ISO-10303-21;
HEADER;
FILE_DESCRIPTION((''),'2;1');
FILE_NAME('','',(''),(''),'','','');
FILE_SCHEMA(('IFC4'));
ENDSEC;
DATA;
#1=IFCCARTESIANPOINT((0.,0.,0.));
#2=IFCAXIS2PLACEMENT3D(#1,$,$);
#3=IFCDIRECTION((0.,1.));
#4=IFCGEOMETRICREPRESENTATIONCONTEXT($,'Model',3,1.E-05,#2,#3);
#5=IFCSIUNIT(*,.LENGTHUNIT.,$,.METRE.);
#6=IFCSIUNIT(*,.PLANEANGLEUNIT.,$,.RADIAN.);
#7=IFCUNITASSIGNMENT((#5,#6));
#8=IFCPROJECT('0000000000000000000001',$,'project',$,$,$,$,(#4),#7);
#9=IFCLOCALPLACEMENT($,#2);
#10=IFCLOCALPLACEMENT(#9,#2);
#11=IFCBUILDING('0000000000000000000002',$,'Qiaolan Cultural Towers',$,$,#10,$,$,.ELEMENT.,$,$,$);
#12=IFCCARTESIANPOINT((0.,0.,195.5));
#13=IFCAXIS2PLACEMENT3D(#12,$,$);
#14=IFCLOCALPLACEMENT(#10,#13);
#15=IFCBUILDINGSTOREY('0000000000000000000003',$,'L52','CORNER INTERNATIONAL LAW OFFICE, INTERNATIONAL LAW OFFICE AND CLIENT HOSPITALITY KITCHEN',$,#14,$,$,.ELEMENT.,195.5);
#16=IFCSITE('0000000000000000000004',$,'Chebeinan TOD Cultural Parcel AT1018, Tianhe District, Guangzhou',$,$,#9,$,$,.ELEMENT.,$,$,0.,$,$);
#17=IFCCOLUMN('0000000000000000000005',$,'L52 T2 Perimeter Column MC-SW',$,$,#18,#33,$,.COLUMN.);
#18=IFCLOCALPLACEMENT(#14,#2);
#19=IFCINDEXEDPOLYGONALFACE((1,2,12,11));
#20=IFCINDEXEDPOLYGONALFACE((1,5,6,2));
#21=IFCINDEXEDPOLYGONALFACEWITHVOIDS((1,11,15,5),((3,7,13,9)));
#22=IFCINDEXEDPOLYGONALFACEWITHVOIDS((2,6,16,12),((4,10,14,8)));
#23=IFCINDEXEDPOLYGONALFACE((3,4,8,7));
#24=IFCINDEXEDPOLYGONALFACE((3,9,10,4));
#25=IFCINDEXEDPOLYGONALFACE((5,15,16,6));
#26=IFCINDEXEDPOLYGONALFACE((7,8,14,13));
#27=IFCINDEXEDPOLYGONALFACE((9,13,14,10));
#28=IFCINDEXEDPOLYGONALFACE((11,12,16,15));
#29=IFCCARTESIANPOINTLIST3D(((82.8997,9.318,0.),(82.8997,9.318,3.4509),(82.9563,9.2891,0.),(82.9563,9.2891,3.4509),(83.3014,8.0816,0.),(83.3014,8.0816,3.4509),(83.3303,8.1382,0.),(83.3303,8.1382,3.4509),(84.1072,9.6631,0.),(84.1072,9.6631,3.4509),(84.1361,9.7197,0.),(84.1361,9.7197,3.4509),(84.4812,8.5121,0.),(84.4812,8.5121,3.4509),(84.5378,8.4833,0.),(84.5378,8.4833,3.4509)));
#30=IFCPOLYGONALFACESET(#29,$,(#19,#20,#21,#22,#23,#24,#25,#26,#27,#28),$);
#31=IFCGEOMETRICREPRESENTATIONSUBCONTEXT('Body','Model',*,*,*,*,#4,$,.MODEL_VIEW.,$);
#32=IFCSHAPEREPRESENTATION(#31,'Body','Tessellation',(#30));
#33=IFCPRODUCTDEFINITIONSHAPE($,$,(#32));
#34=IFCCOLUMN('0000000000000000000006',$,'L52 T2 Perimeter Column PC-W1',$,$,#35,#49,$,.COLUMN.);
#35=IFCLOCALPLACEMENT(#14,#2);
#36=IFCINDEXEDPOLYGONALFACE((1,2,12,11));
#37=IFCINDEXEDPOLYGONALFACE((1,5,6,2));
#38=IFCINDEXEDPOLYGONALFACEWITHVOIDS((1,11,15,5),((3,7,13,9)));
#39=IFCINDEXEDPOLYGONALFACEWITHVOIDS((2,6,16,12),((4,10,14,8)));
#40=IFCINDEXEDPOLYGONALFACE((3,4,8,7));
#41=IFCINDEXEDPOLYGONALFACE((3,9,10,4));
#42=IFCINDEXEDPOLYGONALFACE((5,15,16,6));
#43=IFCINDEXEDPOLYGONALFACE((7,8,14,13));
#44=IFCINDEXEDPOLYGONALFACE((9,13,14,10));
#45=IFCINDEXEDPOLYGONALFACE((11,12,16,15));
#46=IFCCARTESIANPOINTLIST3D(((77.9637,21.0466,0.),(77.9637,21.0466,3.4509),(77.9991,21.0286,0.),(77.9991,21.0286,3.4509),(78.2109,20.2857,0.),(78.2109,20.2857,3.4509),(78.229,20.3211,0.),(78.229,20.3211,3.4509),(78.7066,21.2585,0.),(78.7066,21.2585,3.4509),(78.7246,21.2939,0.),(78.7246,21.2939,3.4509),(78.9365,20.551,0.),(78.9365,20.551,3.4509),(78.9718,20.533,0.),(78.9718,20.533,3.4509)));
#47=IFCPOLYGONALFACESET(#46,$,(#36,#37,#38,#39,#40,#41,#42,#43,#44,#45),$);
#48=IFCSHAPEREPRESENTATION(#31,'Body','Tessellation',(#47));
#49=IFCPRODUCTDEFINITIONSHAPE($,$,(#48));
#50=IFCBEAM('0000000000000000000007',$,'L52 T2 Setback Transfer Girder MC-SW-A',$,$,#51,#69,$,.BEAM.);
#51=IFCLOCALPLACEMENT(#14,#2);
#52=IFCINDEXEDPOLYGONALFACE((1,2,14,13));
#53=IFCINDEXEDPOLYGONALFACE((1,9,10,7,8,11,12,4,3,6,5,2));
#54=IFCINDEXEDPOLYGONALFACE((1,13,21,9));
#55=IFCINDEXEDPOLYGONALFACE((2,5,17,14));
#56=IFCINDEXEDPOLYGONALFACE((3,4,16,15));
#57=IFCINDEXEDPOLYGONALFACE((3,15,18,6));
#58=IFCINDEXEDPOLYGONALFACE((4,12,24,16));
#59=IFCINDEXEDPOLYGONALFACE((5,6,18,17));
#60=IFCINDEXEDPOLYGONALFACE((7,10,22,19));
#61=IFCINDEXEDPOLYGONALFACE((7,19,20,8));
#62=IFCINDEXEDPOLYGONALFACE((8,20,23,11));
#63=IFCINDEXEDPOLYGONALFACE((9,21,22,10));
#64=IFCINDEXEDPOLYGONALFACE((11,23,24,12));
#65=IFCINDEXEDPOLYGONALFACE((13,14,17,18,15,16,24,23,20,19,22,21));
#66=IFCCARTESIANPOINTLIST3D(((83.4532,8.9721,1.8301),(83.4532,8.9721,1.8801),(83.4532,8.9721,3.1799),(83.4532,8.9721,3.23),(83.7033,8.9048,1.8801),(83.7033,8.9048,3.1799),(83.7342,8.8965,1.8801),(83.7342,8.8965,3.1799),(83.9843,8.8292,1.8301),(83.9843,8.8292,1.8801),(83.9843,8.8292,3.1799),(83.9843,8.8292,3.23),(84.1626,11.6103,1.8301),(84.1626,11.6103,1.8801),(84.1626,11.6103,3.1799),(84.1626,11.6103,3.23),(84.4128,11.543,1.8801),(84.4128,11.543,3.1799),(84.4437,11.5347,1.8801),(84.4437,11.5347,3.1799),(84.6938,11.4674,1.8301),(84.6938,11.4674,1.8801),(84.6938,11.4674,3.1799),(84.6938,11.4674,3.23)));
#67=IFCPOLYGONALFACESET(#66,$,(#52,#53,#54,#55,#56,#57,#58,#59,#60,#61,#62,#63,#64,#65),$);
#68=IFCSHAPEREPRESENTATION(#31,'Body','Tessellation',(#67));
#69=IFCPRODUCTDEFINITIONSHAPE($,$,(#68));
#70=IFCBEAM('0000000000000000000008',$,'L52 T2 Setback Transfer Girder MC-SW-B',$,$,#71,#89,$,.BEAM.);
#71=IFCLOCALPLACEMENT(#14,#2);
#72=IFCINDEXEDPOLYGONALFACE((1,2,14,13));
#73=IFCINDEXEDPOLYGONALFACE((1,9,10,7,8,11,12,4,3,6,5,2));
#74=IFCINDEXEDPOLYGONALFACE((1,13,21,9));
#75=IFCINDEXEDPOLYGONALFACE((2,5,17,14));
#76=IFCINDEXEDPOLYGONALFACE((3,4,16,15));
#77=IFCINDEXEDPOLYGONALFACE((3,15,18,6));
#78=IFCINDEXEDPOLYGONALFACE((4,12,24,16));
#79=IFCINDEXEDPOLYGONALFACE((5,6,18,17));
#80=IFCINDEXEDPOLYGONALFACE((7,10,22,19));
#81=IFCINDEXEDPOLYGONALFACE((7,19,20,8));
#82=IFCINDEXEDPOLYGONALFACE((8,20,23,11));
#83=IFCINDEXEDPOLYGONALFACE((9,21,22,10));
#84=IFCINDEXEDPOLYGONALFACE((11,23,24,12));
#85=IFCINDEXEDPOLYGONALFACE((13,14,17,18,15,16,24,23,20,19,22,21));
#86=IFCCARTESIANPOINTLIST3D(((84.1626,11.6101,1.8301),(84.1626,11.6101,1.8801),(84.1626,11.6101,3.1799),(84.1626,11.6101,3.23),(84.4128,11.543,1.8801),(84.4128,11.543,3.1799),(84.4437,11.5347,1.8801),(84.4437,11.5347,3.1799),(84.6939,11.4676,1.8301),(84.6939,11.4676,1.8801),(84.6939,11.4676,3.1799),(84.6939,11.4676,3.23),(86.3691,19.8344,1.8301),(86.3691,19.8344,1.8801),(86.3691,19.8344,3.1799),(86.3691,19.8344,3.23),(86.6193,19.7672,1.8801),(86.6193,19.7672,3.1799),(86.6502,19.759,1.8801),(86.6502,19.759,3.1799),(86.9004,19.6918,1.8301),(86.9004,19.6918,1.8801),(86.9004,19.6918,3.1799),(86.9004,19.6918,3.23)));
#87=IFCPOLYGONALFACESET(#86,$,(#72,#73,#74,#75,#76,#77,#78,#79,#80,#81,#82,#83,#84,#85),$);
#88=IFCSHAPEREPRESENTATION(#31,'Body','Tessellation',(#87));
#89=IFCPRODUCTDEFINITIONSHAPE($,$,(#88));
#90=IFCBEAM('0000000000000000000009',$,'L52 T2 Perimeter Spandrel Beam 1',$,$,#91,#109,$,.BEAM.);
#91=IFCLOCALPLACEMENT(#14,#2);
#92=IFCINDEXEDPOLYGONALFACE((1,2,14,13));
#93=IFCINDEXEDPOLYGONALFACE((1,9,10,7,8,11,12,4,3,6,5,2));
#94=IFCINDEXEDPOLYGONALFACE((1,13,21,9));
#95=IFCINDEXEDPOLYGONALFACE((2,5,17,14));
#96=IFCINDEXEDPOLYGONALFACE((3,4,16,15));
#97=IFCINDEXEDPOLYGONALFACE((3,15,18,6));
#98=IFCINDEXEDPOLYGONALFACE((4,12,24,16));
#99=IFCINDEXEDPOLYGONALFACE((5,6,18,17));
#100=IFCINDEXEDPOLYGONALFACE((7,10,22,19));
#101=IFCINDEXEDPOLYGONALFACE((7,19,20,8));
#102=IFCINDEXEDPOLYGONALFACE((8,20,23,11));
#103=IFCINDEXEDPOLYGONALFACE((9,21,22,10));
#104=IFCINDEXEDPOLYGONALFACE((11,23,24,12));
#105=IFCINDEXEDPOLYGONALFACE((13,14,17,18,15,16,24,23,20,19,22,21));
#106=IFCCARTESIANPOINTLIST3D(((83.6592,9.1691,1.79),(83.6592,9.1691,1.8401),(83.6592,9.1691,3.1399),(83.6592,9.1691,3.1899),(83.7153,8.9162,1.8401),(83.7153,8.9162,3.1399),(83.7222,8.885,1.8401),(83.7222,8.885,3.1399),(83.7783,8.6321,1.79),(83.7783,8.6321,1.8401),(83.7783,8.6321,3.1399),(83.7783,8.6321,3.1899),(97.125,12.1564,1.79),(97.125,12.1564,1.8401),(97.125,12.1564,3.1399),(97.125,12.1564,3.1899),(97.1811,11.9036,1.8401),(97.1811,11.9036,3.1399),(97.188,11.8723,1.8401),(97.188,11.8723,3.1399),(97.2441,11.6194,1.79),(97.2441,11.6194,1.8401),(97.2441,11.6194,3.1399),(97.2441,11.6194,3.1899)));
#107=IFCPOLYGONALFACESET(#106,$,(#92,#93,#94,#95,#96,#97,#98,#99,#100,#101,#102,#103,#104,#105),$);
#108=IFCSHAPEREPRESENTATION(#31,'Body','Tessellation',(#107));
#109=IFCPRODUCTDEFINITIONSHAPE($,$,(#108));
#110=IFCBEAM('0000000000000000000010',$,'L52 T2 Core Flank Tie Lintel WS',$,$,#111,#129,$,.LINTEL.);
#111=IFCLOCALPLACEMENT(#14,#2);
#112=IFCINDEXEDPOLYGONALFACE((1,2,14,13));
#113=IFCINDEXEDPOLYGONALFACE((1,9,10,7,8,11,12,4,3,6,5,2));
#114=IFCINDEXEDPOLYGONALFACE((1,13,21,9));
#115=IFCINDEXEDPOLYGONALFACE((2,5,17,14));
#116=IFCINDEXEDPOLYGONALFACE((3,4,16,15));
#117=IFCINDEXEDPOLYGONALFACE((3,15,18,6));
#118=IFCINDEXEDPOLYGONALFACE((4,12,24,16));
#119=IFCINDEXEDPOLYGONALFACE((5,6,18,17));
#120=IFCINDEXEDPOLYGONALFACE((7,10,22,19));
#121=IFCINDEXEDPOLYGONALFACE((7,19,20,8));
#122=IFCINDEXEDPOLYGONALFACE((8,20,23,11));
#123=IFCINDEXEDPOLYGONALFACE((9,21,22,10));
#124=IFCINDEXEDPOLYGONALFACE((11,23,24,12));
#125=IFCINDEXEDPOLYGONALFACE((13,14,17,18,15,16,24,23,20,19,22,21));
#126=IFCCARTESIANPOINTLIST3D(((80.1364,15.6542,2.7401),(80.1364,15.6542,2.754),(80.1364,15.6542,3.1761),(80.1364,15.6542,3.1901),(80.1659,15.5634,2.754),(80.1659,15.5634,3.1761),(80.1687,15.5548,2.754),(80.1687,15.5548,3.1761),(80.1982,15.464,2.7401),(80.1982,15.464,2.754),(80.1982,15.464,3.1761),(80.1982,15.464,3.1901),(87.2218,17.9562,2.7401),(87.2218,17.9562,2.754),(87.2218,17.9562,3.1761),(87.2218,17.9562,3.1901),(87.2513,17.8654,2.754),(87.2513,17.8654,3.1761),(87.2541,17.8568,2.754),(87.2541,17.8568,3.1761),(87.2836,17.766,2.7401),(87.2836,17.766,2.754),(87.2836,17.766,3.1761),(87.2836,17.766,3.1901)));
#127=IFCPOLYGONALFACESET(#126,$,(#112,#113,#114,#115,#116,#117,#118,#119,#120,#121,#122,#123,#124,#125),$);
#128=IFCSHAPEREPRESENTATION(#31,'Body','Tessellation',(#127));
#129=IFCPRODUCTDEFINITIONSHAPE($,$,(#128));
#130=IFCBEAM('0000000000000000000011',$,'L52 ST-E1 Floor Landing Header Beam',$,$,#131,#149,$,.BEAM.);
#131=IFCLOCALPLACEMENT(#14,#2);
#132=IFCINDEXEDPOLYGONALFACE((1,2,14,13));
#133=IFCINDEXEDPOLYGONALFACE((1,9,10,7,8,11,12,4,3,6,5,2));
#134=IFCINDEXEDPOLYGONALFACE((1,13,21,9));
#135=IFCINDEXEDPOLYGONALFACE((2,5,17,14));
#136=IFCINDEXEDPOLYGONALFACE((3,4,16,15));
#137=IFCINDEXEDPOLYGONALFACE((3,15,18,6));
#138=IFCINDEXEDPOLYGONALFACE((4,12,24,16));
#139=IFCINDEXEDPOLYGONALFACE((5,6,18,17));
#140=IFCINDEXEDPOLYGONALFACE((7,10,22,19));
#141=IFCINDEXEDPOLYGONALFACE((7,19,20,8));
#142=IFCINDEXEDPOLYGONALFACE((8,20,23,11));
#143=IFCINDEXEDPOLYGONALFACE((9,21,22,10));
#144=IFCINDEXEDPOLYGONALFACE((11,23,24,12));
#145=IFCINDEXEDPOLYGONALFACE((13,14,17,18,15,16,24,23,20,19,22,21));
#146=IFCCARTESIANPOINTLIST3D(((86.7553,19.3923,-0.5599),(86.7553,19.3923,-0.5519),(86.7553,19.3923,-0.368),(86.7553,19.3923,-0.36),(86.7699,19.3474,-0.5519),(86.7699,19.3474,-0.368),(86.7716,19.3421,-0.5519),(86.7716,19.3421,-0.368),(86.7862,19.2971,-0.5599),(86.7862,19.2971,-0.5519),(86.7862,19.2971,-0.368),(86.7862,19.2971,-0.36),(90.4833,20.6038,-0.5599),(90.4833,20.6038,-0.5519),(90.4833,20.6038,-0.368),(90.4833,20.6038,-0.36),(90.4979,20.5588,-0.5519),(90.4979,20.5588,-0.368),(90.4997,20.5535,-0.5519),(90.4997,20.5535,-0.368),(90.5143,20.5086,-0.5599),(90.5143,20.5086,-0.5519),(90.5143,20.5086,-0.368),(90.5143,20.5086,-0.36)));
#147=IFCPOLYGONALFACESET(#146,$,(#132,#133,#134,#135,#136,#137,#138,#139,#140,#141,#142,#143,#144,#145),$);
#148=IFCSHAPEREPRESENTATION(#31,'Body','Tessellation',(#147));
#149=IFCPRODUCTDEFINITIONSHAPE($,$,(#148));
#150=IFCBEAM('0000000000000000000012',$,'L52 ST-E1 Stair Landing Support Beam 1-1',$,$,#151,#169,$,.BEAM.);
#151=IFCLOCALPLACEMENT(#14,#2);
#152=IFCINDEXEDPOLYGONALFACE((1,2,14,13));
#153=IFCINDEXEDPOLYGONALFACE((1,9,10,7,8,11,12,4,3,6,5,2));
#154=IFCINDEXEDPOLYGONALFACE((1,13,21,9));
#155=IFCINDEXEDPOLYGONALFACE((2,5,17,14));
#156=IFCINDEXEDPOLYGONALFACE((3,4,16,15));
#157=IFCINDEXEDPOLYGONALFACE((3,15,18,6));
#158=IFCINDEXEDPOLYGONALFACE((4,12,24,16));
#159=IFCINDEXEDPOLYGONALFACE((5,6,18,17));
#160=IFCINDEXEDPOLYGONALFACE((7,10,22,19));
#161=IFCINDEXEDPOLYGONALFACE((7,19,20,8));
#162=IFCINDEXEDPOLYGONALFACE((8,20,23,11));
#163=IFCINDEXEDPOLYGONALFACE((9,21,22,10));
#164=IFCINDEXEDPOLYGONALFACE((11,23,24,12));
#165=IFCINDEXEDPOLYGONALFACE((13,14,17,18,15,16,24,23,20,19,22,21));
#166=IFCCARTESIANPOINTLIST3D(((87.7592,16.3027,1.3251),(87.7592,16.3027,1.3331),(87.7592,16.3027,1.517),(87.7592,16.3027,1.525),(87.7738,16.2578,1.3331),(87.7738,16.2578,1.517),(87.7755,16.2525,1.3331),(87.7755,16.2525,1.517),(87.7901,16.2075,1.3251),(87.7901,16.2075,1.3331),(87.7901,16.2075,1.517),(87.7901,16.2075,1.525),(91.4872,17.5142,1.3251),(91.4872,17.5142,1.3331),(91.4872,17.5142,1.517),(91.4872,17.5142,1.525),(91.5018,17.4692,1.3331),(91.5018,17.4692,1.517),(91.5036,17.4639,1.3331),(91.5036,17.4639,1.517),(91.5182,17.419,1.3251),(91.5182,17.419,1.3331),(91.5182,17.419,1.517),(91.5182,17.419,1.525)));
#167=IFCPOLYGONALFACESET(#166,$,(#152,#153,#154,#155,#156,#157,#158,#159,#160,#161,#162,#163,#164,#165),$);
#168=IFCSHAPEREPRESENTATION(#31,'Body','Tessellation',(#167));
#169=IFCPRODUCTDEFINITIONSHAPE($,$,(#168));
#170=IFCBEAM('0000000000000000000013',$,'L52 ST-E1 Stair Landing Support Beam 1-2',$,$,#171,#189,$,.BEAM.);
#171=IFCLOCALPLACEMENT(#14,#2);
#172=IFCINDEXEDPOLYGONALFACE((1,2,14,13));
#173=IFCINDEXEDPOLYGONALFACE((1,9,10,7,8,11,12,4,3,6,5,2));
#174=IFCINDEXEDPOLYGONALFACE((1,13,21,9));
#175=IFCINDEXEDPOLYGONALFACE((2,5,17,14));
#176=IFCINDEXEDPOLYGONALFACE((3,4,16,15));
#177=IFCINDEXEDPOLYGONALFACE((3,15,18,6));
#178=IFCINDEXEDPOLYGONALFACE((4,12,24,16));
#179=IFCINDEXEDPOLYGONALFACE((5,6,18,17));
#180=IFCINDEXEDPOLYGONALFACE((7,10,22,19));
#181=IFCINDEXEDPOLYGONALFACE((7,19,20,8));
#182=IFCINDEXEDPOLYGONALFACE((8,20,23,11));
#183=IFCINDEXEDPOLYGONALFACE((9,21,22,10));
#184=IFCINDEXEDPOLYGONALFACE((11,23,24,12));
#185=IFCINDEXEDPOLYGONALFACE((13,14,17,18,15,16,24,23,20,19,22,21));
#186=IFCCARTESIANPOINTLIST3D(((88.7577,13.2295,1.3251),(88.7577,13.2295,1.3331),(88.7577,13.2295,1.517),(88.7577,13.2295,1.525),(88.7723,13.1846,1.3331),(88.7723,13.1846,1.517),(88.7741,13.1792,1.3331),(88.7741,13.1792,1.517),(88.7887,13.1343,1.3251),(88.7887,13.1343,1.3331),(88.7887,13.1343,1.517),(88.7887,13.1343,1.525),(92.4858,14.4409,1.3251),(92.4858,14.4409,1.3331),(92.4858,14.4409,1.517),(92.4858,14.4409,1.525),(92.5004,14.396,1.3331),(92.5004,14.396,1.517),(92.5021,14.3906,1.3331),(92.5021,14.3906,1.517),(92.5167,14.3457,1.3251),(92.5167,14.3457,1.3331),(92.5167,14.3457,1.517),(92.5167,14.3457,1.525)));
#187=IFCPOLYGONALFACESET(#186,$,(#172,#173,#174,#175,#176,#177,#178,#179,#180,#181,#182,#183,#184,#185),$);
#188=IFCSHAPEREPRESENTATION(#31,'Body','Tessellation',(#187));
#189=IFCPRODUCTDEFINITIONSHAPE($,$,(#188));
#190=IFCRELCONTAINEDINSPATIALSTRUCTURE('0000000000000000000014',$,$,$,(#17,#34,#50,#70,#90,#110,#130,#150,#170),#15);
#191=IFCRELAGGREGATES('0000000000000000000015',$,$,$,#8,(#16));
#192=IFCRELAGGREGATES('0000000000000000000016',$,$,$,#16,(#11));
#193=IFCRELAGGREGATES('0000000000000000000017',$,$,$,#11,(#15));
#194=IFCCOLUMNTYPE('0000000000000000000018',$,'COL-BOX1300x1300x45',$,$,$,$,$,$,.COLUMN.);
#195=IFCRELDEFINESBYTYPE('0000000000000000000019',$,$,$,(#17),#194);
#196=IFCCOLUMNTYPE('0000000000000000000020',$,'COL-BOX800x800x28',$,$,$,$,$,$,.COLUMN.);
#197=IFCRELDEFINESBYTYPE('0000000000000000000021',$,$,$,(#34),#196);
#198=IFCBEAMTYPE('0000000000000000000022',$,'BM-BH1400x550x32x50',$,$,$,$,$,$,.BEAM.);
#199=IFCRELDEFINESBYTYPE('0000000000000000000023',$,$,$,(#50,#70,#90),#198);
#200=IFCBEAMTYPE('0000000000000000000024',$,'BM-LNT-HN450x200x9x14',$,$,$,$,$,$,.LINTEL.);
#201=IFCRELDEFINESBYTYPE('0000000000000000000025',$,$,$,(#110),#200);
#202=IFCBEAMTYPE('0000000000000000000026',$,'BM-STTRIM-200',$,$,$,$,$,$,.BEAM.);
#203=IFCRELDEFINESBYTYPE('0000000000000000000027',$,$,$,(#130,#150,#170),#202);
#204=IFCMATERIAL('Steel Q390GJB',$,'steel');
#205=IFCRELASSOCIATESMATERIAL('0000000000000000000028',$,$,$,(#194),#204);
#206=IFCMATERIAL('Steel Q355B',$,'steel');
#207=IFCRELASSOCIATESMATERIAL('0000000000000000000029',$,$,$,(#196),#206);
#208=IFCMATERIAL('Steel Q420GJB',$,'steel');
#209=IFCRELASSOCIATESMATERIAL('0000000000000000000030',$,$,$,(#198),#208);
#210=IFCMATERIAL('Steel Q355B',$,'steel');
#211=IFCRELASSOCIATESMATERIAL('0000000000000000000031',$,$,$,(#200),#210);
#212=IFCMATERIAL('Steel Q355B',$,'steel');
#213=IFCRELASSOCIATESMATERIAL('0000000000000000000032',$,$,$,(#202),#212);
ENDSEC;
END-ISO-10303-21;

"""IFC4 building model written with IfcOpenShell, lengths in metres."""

from ifc_helpers import new_model, si_unit, direction, frame, origin, origin_2d, place, context, subcontext, project, spatial, hollow_rectangle, i_section, extrude, material, material_profile, profile_set, type_object, element, save


model = new_model("IFC4")

# Units and contexts
model_context = context("Model", 3, precision=1e-05, world=origin(), true_north=direction((0.0, 1.0)))
body_context = subcontext(model_context, "Body", "Model", "MODEL_VIEW")
ifc_project = project(units=[si_unit("LENGTHUNIT", "METRE"), si_unit("PLANEANGLEUNIT", "RADIAN")], contexts=[model_context])

# Site, building, storey
site_placement = place(None, origin())
site = spatial("IfcSite", under=ifc_project, at=site_placement, Name="Chebeinan TOD Cultural Parcel AT1018, Tianhe District, Guangzhou", CompositionType="ELEMENT", RefElevation=0.0)
building_placement = place(site_placement, origin())
building = spatial("IfcBuilding", under=site, at=building_placement, Name="Qiaolan Cultural Towers", CompositionType="ELEMENT")
storey_placement = place(building_placement, frame((0.0, 0.0, 195.5)))
storey = spatial("IfcBuildingStorey", under=building, at=storey_placement, Name="L52", Description="CORNER INTERNATIONAL LAW OFFICE, INTERNATIONAL LAW OFFICE AND CLIENT HOSPITALITY KITCHEN", CompositionType="ELEMENT", Elevation=195.5)

# Columns
ifc_material_1 = material(Name="Steel Q390GJB", Category="steel")
ifc_material_profile_1 = material_profile(ifc_material_1, hollow_rectangle(XDim=1.3, YDim=1.3, WallThickness=0.0449, at=origin_2d()), Name="BOX1300x1300x45")
ifc_profile_set_1 = profile_set([ifc_material_profile_1], Name="Steel Q390GJB")
column_type_1 = type_object("IfcColumnType", Name="COL-BOX1300x1300x45", PredefinedType="COLUMN", material=ifc_profile_set_1)
column_1_placement = place(storey_placement, frame((83.7188, 8.9006, 0.0), z_axis=(0.0, 0.0, 1.0), x_axis=(0.951057, 0.309017, 0.0)))
element("IfcColumn", 1, at=column_1_placement, inside=storey, type_object=column_type_1, Name="L52 T2 Perimeter Column MC-SW", PredefinedType="COLUMN", context=body_context, shape_type="SweptSolid", body=[
    extrude(hollow_rectangle(XDim=1.3, YDim=1.3, WallThickness=0.0449, at=origin_2d()), origin(), (0.0, 0.0, 1.0), 3.4509),
])
ifc_material_2 = material(Name="Steel Q355B", Category="steel")
ifc_material_profile_2 = material_profile(ifc_material_2, hollow_rectangle(XDim=0.8, YDim=0.8, WallThickness=0.0281, at=origin_2d()), Name="BOX800x800x28")
ifc_profile_set_2 = profile_set([ifc_material_profile_2], Name="Steel Q355B")
column_type_2 = type_object("IfcColumnType", Name="COL-BOX800x800x28", PredefinedType="COLUMN", material=ifc_profile_set_2)
column_2_placement = place(storey_placement, frame((78.4678, 20.7898, 0.0), z_axis=(0.0, 0.0, 1.0), x_axis=(0.951057, 0.309017, 0.0)))
element("IfcColumn", 2, at=column_2_placement, inside=storey, type_object=column_type_2, Name="L52 T2 Perimeter Column PC-W1", PredefinedType="COLUMN", context=body_context, shape_type="SweptSolid", body=[
    extrude(hollow_rectangle(XDim=0.8, YDim=0.8, WallThickness=0.0281, at=origin_2d()), origin(), (0.0, 0.0, 1.0), 3.4509),
])

# Beams
ifc_material_3 = material(Name="Steel Q420GJB", Category="steel")
ifc_material_profile_3 = material_profile(ifc_material_3, i_section(OverallWidth=0.55, OverallDepth=1.3999, WebThickness=0.032, FlangeThickness=0.05, at=origin_2d()), Name="BH1400x550x32x50")
ifc_profile_set_3 = profile_set([ifc_material_profile_3], Name="Steel Q420GJB")
beam_type_1 = type_object("IfcBeamType", Name="BM-BH1400x550x32x50", PredefinedType="BEAM", material=ifc_profile_set_3)
beam_1_placement = place(storey_placement, frame((83.7188, 8.9006, 2.53), z_axis=(0.259698, 0.96569, 0.0), x_axis=(-0.96569, 0.259698, 0.0)))
element("IfcBeam", 3, at=beam_1_placement, inside=storey, type_object=beam_type_1, Name="L52 T2 Setback Transfer Girder MC-SW-A", PredefinedType="BEAM", context=body_context, shape_type="SweptSolid", body=[
    extrude(i_section(OverallWidth=0.55, OverallDepth=1.3999, WebThickness=0.032, FlangeThickness=0.05, at=origin_2d()), origin(), (0.0, 0.0, 1.0), 2.7319),
])
beam_2_placement = place(storey_placement, frame((84.4282, 11.5388, 2.53), z_axis=(0.259129, 0.965843, 0.0), x_axis=(-0.965843, 0.259129, 0.0)))
element("IfcBeam", 4, at=beam_2_placement, inside=storey, type_object=beam_type_1, Name="L52 T2 Setback Transfer Girder MC-SW-B", PredefinedType="BEAM", context=body_context, shape_type="SweptSolid", body=[
    extrude(i_section(OverallWidth=0.55, OverallDepth=1.3999, WebThickness=0.032, FlangeThickness=0.05, at=origin_2d()), origin(), (0.0, 0.0, 1.0), 8.5151),
])
beam_3_placement = place(storey_placement, frame((83.7188, 8.9006, 2.49), z_axis=(0.976265, 0.216578, 0.0), x_axis=(-0.216578, 0.976265, 0.0)))
element("IfcBeam", 5, at=beam_3_placement, inside=storey, type_object=beam_type_1, Name="L52 T2 Perimeter Spandrel Beam 1", PredefinedType="BEAM", context=body_context, shape_type="SweptSolid", body=[
    extrude(i_section(OverallWidth=0.55, OverallDepth=1.3999, WebThickness=0.032, FlangeThickness=0.05, at=origin_2d()), origin(), (0.0, 0.0, 1.0), 13.7932),
])
ifc_material_4 = material(Name="Steel Q355B", Category="steel")
ifc_material_profile_4 = material_profile(ifc_material_4, i_section(OverallWidth=0.2, OverallDepth=0.45, WebThickness=0.009, FlangeThickness=0.0139, at=origin_2d()), Name="HN450x200x9x14")
ifc_profile_set_4 = profile_set([ifc_material_profile_4], Name="Steel Q355B")
beam_type_2 = type_object("IfcBeamType", Name="BM-LNT-HN450x200x9x14", PredefinedType="LINTEL", material=ifc_profile_set_4)
beam_4_placement = place(storey_placement, frame((87.2527, 17.8611, 2.9651), z_axis=(-0.951064, -0.308993, 0.0), x_axis=(0.308993, -0.951064, 0.0)))
element("IfcBeam", 6, at=beam_4_placement, inside=storey, type_object=beam_type_2, Name="L52 T2 Core Flank Tie Lintel WS", PredefinedType="LINTEL", context=body_context, shape_type="SweptSolid", body=[
    extrude(i_section(OverallWidth=0.2, OverallDepth=0.45, WebThickness=0.009, FlangeThickness=0.0139, at=origin_2d()), origin(), (0.0, 0.0, 1.0), 7.45),
])
ifc_material_5 = material(Name="Steel Q355B", Category="steel")
ifc_material_profile_5 = material_profile(ifc_material_5, i_section(OverallWidth=0.1001, OverallDepth=0.2, WebThickness=0.0056, FlangeThickness=0.0081, at=origin_2d()), Name="HN200x100x5.5x8")
ifc_profile_set_5 = profile_set([ifc_material_profile_5], Name="Steel Q355B")
beam_type_3 = type_object("IfcBeamType", Name="BM-STTRIM-200", PredefinedType="BEAM", material=ifc_profile_set_5)
for number, where, z_axis, x_axis, name in (
    (7, (86.7708, 19.3447, -0.46), (0.951048, 0.309044, 0.0), (-0.309044, 0.951048, 0.0), "L52 ST-E1 Floor Landing Header Beam"),
    (8, (87.7747, 16.2551, 1.425), (0.951048, 0.309044, 0.0), (-0.309044, 0.951048, 0.0), "L52 ST-E1 Stair Landing Support Beam 1-1"),
    (9, (88.7732, 13.1819, 1.425), (0.951048, 0.309044, 0.0), (-0.309044, 0.951048, 0.0), "L52 ST-E1 Stair Landing Support Beam 1-2"),
):
    element("IfcBeam", number, at=place(storey_placement, frame(where, z_axis=z_axis, x_axis=x_axis)), inside=storey, type_object=beam_type_3, Name=name, PredefinedType="BEAM", context=body_context, shape_type="SweptSolid", body=[
        extrude(i_section(OverallWidth=0.1001, OverallDepth=0.2, WebThickness=0.0056, FlangeThickness=0.0081, at=origin_2d()), origin(), (0.0, 0.0, 1.0), 3.9199),
    ])

save(model, "model.ifc")
